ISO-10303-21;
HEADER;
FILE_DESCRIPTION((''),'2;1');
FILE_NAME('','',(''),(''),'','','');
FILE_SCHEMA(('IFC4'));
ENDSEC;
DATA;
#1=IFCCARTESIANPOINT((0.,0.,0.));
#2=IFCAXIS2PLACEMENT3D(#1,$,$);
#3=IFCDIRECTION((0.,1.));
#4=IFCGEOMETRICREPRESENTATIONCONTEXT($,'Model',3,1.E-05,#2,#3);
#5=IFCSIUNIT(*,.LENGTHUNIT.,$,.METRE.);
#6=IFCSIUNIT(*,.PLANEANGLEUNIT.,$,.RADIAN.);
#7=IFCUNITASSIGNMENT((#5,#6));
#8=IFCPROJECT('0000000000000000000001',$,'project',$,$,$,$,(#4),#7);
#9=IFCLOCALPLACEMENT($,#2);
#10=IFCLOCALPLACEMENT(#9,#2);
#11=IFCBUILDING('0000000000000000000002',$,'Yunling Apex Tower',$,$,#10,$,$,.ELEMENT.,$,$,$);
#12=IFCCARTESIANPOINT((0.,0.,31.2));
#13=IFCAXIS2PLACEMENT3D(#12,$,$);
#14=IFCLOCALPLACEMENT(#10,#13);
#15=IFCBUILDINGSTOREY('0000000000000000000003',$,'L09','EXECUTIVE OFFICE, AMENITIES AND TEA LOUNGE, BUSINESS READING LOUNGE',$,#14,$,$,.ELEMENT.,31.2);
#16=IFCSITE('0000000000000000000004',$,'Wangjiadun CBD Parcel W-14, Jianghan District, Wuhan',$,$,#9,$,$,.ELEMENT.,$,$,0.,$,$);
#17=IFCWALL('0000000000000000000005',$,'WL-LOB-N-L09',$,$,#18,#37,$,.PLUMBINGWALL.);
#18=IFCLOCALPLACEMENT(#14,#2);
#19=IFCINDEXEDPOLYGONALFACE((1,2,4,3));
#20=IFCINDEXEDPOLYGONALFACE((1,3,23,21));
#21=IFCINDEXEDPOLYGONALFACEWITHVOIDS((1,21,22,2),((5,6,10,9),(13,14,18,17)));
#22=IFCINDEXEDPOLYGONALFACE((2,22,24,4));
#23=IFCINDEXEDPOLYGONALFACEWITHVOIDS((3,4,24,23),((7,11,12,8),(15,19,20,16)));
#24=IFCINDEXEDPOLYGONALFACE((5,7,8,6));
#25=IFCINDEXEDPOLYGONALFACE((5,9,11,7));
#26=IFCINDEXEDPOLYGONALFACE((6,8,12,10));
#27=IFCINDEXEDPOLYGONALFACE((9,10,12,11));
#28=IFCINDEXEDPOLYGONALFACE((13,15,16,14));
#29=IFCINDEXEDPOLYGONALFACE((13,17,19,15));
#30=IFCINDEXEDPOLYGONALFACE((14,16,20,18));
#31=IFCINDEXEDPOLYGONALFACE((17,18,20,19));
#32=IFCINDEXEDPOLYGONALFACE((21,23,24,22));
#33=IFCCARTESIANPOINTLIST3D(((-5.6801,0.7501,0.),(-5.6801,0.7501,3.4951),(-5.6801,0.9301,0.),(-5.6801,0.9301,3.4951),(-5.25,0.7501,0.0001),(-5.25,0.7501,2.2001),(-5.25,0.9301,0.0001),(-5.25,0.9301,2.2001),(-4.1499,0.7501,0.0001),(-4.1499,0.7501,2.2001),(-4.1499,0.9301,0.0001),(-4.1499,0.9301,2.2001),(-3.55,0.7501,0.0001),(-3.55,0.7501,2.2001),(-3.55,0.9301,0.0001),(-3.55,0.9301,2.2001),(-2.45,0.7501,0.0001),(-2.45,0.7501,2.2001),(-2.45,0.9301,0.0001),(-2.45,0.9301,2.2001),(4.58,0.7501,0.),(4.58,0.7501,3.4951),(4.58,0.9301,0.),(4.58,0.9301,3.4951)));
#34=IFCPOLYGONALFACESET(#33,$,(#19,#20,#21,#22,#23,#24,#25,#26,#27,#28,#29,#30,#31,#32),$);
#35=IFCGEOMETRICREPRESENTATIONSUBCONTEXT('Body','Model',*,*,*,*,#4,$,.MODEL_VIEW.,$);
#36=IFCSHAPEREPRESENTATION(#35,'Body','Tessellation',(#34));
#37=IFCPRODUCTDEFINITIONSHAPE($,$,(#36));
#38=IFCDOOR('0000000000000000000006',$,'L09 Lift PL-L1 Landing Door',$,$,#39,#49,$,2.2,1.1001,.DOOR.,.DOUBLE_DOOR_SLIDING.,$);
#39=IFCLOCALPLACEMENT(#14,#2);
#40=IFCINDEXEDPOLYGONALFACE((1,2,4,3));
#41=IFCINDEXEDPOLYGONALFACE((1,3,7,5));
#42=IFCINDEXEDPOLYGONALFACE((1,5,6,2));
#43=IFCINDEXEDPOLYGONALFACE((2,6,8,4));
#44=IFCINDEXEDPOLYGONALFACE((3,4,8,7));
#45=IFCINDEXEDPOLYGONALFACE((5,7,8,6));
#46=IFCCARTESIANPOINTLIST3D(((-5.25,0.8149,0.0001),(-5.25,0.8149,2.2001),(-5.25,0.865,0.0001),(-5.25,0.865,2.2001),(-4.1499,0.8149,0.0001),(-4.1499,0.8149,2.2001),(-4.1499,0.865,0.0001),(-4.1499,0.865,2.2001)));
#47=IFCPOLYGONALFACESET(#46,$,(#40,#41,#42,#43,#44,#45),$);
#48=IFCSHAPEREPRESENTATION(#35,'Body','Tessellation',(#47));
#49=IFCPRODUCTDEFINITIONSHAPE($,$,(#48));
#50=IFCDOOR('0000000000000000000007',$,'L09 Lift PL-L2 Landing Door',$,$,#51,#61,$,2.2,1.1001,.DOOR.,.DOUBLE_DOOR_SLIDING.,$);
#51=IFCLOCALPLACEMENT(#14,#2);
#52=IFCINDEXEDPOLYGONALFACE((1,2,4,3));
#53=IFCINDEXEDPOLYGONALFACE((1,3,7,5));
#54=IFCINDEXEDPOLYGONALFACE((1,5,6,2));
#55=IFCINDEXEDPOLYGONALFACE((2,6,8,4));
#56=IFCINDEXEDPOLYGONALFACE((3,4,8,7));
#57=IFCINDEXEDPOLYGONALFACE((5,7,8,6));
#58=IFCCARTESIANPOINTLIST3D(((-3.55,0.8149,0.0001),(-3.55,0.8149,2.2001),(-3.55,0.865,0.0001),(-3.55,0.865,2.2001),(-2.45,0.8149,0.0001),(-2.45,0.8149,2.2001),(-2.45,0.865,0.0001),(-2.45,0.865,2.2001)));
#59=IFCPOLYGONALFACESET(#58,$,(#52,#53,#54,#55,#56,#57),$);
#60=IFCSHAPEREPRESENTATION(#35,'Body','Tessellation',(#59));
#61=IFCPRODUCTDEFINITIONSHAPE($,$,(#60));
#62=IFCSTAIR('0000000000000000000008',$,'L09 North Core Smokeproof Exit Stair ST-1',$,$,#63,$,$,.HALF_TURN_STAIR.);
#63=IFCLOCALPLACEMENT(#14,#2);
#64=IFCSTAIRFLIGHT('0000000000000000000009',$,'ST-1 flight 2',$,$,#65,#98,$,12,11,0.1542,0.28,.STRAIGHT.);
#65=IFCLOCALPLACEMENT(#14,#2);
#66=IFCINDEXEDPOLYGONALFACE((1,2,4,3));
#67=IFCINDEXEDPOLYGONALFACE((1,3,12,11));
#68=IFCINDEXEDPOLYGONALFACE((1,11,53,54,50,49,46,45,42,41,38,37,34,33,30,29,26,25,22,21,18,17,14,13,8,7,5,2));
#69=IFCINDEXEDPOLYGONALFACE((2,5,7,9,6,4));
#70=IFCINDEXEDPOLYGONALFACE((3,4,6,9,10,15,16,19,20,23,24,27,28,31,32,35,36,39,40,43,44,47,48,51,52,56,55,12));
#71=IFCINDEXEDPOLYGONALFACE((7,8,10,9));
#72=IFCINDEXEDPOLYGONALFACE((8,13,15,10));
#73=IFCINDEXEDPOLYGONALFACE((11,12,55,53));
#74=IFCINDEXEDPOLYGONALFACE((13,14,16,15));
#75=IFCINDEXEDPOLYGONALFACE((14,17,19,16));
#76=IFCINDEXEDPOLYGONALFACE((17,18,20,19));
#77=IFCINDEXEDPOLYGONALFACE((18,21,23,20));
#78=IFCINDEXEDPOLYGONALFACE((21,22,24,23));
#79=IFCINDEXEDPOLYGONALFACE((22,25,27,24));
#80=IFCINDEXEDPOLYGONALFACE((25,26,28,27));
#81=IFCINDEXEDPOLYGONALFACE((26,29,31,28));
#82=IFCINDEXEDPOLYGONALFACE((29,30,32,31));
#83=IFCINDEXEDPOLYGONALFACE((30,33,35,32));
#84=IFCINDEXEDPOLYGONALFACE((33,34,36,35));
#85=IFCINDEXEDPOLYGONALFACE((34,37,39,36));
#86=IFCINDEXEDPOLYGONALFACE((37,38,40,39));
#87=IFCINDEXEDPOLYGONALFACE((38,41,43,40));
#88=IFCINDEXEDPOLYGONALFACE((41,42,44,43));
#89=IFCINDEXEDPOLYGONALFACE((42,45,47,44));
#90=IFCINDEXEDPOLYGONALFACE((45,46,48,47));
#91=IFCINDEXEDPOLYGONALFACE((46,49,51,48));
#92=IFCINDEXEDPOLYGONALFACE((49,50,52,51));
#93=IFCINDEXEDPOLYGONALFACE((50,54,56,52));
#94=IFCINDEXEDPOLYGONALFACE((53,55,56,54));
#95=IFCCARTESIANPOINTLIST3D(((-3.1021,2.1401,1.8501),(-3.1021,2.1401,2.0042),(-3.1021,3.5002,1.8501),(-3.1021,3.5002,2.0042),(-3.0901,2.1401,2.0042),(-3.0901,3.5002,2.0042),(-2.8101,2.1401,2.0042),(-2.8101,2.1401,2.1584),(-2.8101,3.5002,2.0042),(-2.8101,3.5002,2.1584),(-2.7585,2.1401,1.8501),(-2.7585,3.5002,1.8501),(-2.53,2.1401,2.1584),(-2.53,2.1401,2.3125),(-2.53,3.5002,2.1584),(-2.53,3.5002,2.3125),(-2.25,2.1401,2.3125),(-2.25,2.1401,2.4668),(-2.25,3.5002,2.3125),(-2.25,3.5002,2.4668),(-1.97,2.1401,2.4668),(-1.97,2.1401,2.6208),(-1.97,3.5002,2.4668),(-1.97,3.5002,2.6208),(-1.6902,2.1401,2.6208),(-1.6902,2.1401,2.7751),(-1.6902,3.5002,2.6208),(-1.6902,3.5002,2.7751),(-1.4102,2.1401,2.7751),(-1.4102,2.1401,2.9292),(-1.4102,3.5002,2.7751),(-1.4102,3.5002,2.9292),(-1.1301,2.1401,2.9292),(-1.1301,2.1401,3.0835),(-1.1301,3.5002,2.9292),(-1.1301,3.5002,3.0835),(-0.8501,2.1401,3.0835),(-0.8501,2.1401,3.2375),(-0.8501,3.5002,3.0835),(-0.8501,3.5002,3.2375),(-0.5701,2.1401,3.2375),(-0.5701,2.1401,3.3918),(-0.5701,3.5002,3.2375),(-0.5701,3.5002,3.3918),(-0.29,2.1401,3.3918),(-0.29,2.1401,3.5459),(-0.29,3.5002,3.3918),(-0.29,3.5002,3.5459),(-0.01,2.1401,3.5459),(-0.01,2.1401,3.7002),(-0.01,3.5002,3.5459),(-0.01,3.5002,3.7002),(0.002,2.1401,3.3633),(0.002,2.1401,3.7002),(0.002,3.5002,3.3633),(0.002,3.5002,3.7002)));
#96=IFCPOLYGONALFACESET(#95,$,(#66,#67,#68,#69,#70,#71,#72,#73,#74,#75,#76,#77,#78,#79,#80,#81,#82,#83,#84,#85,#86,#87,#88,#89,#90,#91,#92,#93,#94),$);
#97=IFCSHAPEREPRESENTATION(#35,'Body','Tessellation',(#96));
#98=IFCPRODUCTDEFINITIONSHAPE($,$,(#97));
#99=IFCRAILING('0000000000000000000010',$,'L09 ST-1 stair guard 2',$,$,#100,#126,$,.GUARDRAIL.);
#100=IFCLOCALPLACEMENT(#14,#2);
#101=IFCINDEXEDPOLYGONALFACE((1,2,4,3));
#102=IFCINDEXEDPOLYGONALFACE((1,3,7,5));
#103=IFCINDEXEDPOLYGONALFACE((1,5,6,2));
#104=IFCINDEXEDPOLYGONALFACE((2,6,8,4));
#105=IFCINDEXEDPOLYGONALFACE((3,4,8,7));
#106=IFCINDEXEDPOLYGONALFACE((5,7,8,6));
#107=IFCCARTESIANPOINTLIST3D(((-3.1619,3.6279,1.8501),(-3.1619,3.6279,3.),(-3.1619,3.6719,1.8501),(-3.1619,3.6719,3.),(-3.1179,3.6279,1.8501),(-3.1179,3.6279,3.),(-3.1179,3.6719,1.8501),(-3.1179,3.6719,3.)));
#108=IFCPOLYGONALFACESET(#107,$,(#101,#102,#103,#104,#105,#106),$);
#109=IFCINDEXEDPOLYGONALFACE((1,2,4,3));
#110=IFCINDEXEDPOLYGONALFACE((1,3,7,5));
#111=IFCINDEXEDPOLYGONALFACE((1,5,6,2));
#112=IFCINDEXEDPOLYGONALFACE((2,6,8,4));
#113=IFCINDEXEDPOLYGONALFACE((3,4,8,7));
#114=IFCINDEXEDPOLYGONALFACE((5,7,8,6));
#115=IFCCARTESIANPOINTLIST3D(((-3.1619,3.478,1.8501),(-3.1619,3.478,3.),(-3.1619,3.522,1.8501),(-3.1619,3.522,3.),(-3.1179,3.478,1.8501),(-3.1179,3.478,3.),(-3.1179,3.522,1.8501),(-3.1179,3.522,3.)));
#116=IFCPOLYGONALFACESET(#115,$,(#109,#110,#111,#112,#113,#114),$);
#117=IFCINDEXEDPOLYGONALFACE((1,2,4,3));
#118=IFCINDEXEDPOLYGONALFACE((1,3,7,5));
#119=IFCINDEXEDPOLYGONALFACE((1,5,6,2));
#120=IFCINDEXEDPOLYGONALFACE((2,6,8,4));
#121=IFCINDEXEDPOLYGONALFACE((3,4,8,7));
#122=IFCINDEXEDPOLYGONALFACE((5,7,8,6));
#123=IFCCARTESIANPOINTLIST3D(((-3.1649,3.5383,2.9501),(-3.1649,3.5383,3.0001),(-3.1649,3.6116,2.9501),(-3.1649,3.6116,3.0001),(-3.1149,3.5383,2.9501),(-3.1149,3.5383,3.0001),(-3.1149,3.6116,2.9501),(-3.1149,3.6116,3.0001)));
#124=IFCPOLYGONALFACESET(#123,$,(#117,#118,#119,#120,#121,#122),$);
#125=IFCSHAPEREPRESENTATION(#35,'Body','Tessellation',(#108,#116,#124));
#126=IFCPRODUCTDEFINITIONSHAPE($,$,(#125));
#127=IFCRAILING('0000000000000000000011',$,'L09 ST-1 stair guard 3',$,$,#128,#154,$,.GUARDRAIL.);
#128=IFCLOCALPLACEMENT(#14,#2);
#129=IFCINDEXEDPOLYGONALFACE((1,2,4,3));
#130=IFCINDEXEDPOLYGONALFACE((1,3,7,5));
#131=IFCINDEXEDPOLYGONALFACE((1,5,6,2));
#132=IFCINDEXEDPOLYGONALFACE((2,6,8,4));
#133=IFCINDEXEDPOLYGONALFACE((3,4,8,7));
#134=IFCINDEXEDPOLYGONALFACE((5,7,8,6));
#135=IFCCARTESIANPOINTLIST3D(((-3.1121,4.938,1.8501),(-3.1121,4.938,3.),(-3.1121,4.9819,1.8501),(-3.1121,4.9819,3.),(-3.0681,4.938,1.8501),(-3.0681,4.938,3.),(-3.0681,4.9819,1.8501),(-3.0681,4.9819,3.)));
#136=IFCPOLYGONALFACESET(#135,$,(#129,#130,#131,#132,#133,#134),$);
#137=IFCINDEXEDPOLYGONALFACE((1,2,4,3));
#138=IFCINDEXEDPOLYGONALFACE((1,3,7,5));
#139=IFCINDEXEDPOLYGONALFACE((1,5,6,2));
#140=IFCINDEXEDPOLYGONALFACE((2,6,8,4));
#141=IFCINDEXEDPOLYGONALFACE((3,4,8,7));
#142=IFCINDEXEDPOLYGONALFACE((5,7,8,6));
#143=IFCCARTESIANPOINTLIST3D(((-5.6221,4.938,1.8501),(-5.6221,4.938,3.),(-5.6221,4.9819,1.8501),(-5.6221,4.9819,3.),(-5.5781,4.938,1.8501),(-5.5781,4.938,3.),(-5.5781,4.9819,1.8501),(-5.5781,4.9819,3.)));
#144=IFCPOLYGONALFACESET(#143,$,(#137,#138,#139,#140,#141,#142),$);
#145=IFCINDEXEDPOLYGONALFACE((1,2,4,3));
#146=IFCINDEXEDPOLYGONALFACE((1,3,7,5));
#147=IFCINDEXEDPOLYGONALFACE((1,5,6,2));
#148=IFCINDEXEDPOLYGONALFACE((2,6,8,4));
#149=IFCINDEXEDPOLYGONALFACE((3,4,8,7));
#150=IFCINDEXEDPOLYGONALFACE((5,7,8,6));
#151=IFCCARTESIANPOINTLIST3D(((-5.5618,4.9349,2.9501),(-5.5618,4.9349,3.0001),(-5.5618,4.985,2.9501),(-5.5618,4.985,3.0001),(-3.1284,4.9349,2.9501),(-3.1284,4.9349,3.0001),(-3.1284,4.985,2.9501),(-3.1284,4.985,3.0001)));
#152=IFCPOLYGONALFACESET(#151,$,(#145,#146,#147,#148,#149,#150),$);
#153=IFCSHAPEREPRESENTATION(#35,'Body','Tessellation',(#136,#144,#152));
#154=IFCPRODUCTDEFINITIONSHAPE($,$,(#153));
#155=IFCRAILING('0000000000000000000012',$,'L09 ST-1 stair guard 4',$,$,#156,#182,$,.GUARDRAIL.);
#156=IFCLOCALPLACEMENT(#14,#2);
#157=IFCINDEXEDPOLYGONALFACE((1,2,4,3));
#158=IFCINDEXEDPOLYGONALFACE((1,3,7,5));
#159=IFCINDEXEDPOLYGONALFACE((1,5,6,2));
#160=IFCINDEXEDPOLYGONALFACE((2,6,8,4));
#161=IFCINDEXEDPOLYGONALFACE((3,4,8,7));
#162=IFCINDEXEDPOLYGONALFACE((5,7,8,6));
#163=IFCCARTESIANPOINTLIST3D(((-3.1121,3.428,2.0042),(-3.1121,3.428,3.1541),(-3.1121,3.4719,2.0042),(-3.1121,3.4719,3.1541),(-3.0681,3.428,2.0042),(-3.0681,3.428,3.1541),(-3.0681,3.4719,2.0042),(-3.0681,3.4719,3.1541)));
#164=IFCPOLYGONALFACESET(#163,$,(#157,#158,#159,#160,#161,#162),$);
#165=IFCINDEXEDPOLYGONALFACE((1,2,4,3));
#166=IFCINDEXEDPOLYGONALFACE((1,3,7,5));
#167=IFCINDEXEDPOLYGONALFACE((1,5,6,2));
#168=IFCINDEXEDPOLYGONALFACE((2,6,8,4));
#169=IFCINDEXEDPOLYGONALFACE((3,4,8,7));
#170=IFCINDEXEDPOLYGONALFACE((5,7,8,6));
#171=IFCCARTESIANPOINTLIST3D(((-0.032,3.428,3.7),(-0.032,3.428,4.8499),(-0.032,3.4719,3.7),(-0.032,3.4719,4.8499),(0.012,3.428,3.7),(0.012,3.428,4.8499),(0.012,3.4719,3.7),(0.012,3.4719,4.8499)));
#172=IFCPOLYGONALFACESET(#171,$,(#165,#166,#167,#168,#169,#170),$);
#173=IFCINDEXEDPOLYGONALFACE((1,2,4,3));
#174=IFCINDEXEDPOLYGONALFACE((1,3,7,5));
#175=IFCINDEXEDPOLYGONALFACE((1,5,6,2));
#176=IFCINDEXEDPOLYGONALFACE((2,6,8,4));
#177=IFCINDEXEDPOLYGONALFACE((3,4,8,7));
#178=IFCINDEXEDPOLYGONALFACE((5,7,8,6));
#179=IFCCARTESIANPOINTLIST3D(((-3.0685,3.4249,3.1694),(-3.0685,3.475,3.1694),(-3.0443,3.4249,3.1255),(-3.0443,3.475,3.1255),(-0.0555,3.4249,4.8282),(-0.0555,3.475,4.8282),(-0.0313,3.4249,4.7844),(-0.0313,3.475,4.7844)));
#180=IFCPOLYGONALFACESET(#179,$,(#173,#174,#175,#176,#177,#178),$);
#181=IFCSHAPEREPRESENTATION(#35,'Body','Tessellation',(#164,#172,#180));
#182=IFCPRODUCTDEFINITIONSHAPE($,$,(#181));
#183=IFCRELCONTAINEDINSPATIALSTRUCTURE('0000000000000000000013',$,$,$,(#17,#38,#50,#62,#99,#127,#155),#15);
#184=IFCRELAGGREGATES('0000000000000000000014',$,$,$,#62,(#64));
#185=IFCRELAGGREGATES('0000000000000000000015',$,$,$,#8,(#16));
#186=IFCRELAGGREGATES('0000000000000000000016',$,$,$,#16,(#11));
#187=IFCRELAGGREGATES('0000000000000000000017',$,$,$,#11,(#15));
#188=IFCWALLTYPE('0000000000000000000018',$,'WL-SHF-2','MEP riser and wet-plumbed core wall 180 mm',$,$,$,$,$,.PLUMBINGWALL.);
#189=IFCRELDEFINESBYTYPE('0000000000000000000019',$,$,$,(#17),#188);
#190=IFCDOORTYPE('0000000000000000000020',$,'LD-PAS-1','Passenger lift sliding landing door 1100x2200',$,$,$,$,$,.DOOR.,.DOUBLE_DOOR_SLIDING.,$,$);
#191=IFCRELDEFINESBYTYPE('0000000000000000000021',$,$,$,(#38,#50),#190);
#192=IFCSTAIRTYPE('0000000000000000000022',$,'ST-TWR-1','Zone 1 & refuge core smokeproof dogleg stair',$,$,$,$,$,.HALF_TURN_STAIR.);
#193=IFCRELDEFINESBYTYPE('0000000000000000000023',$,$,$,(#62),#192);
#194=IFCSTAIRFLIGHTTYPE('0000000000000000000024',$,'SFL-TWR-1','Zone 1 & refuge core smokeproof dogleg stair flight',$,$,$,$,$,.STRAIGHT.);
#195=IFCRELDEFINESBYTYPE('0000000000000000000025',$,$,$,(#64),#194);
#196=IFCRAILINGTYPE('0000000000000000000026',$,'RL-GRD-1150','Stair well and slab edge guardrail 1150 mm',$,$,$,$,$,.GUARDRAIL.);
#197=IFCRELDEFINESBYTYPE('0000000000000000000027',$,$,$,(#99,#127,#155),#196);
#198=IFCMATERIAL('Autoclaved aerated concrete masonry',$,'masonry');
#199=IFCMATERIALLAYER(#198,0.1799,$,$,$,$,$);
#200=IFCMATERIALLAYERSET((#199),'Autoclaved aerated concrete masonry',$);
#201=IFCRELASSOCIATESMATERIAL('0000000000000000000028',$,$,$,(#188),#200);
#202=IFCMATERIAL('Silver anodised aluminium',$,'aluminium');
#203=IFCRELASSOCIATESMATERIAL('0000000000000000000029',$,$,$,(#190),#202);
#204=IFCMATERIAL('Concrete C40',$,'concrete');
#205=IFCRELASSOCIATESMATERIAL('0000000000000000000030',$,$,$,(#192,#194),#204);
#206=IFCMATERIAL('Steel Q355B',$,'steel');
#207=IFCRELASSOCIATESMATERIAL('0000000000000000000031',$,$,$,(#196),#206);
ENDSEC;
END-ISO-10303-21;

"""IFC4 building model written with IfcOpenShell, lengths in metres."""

from ifc_helpers import new_model, si_unit, direction, frame, frame_2d, origin, origin_2d, place, context, subcontext, project, spatial, polyline, rectangle, outline, extrude, material, layer, layer_set, type_object, element, fill, aggregate, save


model = new_model("IFC4")

# Units and contexts
model_context = context("Model", 3, precision=1e-05, world=origin(), true_north=direction((0.0, 1.0)))
body_context = subcontext(model_context, "Body", "Model", "MODEL_VIEW")
ifc_project = project(units=[si_unit("LENGTHUNIT", "METRE"), si_unit("PLANEANGLEUNIT", "RADIAN")], contexts=[model_context])

# Site, building, storey
site_placement = place(None, origin())
site = spatial("IfcSite", under=ifc_project, at=site_placement, Name="Wangjiadun CBD Parcel W-14, Jianghan District, Wuhan", CompositionType="ELEMENT", RefElevation=0.0)
building_placement = place(site_placement, origin())
building = spatial("IfcBuilding", under=site, at=building_placement, Name="Yunling Apex Tower", CompositionType="ELEMENT")
storey_placement = place(building_placement, frame((0.0, 0.0, 31.2)))
storey = spatial("IfcBuildingStorey", under=building, at=storey_placement, Name="L09", Description="EXECUTIVE OFFICE, AMENITIES AND TEA LOUNGE, BUSINESS READING LOUNGE", CompositionType="ELEMENT", Elevation=31.2)

# Shared definitions
ifc_material_1 = material(Name="Steel Q355B", Category="steel")

# Shared definitions
ifc_material_2 = material(Name="Concrete C40", Category="concrete")
ifc_material_3 = material(Name="Autoclaved aerated concrete masonry", Category="masonry")
ifc_layer_1 = layer(ifc_material_3, 0.1799)
ifc_layer_set_1 = layer_set([ifc_layer_1], Name="Autoclaved aerated concrete masonry")
wall_type_1 = type_object("IfcWallType", Name="WL-SHF-2", Description="MEP riser and wet-plumbed core wall 180 mm", PredefinedType="PLUMBINGWALL", material=ifc_layer_set_1)

# Wall, openings, doors
wall_1_placement = place(storey_placement, frame((-5.6799, 0.8401, 0.0), z_axis=(0.0, 0.0, 1.0), x_axis=(1.0, 0.0, 0.0)))
wall_1 = element("IfcWall", 1, at=wall_1_placement, inside=storey, type_object=wall_type_1, Name="WL-LOB-N-L09", PredefinedType="PLUMBINGWALL", context=body_context, shape_type="SweptSolid", body=[
    extrude(rectangle(XDim=10.26, YDim=0.1799, at=frame_2d((5.1299, 0.0))), origin(), (0.0, 0.0, 1.0), 3.4951),
])
opening_1_placement = place(wall_1_placement, frame((0.4299, 0.0, 0.0)))
opening_1 = element("IfcOpeningElement", 2, at=opening_1_placement, cuts=wall_1, PredefinedType="OPENING", context=body_context, shape_type="SweptSolid", body=[
    extrude(rectangle(XDim=1.1001, YDim=2.2, at=frame_2d((0.55, 1.1001))), frame((0.0, 0.1001, 0.0), z_axis=(0.0, -1.0, 0.0), x_axis=(1.0, 0.0, 0.0)), (0.0, 0.0, 1.0), 0.2),
])
opening_2_placement = place(wall_1_placement, frame((2.1299, 0.0, 0.0)))
opening_2 = element("IfcOpeningElement", 3, at=opening_2_placement, cuts=wall_1, PredefinedType="OPENING", context=body_context, shape_type="SweptSolid", body=[
    extrude(rectangle(XDim=1.1001, YDim=2.2, at=frame_2d((0.55, 1.1001))), frame((0.0, 0.1001, 0.0), z_axis=(0.0, -1.0, 0.0), x_axis=(1.0, 0.0, 0.0)), (0.0, 0.0, 1.0), 0.2),
])
ifc_material_4 = material(Name="Silver anodised aluminium", Category="aluminium")
door_type_1 = type_object("IfcDoorType", Name="LD-PAS-1", Description="Passenger lift sliding landing door 1100x2200", OperationType="DOUBLE_DOOR_SLIDING", PredefinedType="DOOR", material=ifc_material_4)
door_1_placement = place(opening_1_placement, origin())
door_1 = element("IfcDoor", 4, at=door_1_placement, inside=storey, type_object=door_type_1, Name="L09 Lift PL-L1 Landing Door", OperationType="DOUBLE_DOOR_SLIDING", OverallHeight=2.2, OverallWidth=1.1001, PredefinedType="DOOR", context=body_context, shape_type="SweptSolid", body=[
    extrude(rectangle(XDim=1.1001, YDim=2.2, at=frame_2d((0.55, 1.1001))), frame((0.0, 0.0249, 0.0), z_axis=(0.0, -1.0, 0.0), x_axis=(1.0, 0.0, 0.0)), (0.0, 0.0, 1.0), 0.05),
])
fill(opening_1, door_1)
door_2_placement = place(opening_2_placement, origin())
door_2 = element("IfcDoor", 5, at=door_2_placement, inside=storey, type_object=door_type_1, Name="L09 Lift PL-L2 Landing Door", OperationType="DOUBLE_DOOR_SLIDING", OverallHeight=2.2, OverallWidth=1.1001, PredefinedType="DOOR", context=body_context, shape_type="SweptSolid", body=[
    extrude(rectangle(XDim=1.1001, YDim=2.2, at=frame_2d((0.55, 1.1001))), frame((0.0, 0.0249, 0.0), z_axis=(0.0, -1.0, 0.0), x_axis=(1.0, 0.0, 0.0)), (0.0, 0.0, 1.0), 0.05),
])
fill(opening_2, door_2)

# Stair, stair flight
stair_type = type_object("IfcStairType", Name="ST-TWR-1", Description="Zone 1 & refuge core smokeproof dogleg stair", PredefinedType="HALF_TURN_STAIR", material=ifc_material_2)
stair_placement = place(storey_placement, origin())
stair = element("IfcStair", 6, at=stair_placement, inside=storey, type_object=stair_type, Name="L09 North Core Smokeproof Exit Stair ST-1", PredefinedType="HALF_TURN_STAIR")
stair_flight_type = type_object("IfcStairFlightType", Name="SFL-TWR-1", Description="Zone 1 & refuge core smokeproof dogleg stair flight", PredefinedType="STRAIGHT", material=ifc_material_2)
stair_flight_placement = place(storey_placement, frame((-3.0901, 2.8201, 1.8501), z_axis=(0.0, 0.0, 1.0), x_axis=(1.0, 0.0, 0.0)))
stair_flight = element("IfcStairFlight", 7, at=stair_flight_placement, type_object=stair_flight_type, Name="ST-1 flight 2", NumberOfRisers=12, NumberOfTreads=11, PredefinedType="STRAIGHT", RiserHeight=0.1542, TreadLength=0.28, context=body_context, shape_type="SweptSolid", body=[
    extrude(outline(polyline([(-0.012, 0.0), (-0.012, 0.1541), (0.0, 0.1541), (0.28, 0.1541), (0.28, 0.3083), (0.5601, 0.3083), (0.5601, 0.4624), (0.8401, 0.4624), (0.8401, 0.6167), (1.1201, 0.6167), (1.1201, 0.7708), (1.3999, 0.7708), (1.3999, 0.925), (1.6799, 0.925), (1.6799, 1.0791), (1.96, 1.0791), (1.96, 1.2334), (2.24, 1.2334), (2.24, 1.3875), (2.52, 1.3875), (2.52, 1.5417), (2.8, 1.5417), (2.8, 1.6958), (3.0801, 1.6958), (3.0801, 1.8501), (3.092, 1.8501), (3.092, 1.5132), (0.3315, 0.0), (-0.012, 0.0)])), frame((0.0, 0.6802, 0.0), z_axis=(0.0, -1.0, 0.0), x_axis=(1.0, 0.0, 0.0)), (0.0, 0.0, 1.0), 1.3601),
])
aggregate(stair, [stair_flight])

# Railings
railing_type_1 = type_object("IfcRailingType", Name="RL-GRD-1150", Description="Stair well and slab edge guardrail 1150 mm", PredefinedType="GUARDRAIL", material=ifc_material_1)
railing_1_placement = place(storey_placement, frame((-3.1399, 3.6499, 1.8501)))
element("IfcRailing", 8, at=railing_1_placement, inside=storey, type_object=railing_type_1, Name="L09 ST-1 stair guard 2", PredefinedType="GUARDRAIL", context=body_context, shape_type="SweptSolid", body=[
    extrude(rectangle(XDim=0.0439, YDim=0.0439, at=origin_2d()), origin(), (0.0, 0.0, 1.0), 1.1499),
    extrude(rectangle(XDim=0.0439, YDim=0.0439, at=origin_2d()), frame((0.0, -0.1499, 0.0)), (0.0, 0.0, 1.0), 1.1499),
    extrude(rectangle(XDim=0.05, YDim=0.05, at=origin_2d()), frame((0.0, -0.0383, 1.125), z_axis=(0.0, -1.0, 0.0), x_axis=(1.0, 0.0, 0.0)), (0.0, 0.0, 1.0), 0.0732),
])
railing_2_placement = place(storey_placement, frame((-3.0901, 4.96, 1.8501)))
element("IfcRailing", 9, at=railing_2_placement, inside=storey, type_object=railing_type_1, Name="L09 ST-1 stair guard 3", PredefinedType="GUARDRAIL", context=body_context, shape_type="SweptSolid", body=[
    extrude(rectangle(XDim=0.0439, YDim=0.0439, at=origin_2d()), origin(), (0.0, 0.0, 1.0), 1.1499),
    extrude(rectangle(XDim=0.0439, YDim=0.0439, at=origin_2d()), frame((-2.51, 0.0, 0.0)), (0.0, 0.0, 1.0), 1.1499),
    extrude(rectangle(XDim=0.05, YDim=0.05, at=origin_2d()), frame((-0.0383, 0.0, 1.125), z_axis=(-1.0, 0.0, 0.0), x_axis=(0.0, -1.0, 0.0)), (0.0, 0.0, 1.0), 2.4333),
])
railing_3_placement = place(storey_placement, frame((-3.0901, 3.45, 2.0042)))
element("IfcRailing", 10, at=railing_3_placement, inside=storey, type_object=railing_type_1, Name="L09 ST-1 stair guard 4", PredefinedType="GUARDRAIL", context=body_context, shape_type="SweptSolid", body=[
    extrude(rectangle(XDim=0.0439, YDim=0.0439, at=origin_2d()), origin(), (0.0, 0.0, 1.0), 1.1499),
    extrude(rectangle(XDim=0.0439, YDim=0.0439, at=origin_2d()), frame((3.0801, 0.0, 1.6958)), (0.0, 0.0, 1.0), 1.1499),
    extrude(rectangle(XDim=0.05, YDim=0.05, at=origin_2d()), frame((0.0337, 0.0, 1.1433), z_axis=(0.876005, 0.0, 0.482303), x_axis=(0.0, 1.0, 0.0)), (0.0, 0.0, 1.0), 3.4395),
])

save(model, "model.ifc")
